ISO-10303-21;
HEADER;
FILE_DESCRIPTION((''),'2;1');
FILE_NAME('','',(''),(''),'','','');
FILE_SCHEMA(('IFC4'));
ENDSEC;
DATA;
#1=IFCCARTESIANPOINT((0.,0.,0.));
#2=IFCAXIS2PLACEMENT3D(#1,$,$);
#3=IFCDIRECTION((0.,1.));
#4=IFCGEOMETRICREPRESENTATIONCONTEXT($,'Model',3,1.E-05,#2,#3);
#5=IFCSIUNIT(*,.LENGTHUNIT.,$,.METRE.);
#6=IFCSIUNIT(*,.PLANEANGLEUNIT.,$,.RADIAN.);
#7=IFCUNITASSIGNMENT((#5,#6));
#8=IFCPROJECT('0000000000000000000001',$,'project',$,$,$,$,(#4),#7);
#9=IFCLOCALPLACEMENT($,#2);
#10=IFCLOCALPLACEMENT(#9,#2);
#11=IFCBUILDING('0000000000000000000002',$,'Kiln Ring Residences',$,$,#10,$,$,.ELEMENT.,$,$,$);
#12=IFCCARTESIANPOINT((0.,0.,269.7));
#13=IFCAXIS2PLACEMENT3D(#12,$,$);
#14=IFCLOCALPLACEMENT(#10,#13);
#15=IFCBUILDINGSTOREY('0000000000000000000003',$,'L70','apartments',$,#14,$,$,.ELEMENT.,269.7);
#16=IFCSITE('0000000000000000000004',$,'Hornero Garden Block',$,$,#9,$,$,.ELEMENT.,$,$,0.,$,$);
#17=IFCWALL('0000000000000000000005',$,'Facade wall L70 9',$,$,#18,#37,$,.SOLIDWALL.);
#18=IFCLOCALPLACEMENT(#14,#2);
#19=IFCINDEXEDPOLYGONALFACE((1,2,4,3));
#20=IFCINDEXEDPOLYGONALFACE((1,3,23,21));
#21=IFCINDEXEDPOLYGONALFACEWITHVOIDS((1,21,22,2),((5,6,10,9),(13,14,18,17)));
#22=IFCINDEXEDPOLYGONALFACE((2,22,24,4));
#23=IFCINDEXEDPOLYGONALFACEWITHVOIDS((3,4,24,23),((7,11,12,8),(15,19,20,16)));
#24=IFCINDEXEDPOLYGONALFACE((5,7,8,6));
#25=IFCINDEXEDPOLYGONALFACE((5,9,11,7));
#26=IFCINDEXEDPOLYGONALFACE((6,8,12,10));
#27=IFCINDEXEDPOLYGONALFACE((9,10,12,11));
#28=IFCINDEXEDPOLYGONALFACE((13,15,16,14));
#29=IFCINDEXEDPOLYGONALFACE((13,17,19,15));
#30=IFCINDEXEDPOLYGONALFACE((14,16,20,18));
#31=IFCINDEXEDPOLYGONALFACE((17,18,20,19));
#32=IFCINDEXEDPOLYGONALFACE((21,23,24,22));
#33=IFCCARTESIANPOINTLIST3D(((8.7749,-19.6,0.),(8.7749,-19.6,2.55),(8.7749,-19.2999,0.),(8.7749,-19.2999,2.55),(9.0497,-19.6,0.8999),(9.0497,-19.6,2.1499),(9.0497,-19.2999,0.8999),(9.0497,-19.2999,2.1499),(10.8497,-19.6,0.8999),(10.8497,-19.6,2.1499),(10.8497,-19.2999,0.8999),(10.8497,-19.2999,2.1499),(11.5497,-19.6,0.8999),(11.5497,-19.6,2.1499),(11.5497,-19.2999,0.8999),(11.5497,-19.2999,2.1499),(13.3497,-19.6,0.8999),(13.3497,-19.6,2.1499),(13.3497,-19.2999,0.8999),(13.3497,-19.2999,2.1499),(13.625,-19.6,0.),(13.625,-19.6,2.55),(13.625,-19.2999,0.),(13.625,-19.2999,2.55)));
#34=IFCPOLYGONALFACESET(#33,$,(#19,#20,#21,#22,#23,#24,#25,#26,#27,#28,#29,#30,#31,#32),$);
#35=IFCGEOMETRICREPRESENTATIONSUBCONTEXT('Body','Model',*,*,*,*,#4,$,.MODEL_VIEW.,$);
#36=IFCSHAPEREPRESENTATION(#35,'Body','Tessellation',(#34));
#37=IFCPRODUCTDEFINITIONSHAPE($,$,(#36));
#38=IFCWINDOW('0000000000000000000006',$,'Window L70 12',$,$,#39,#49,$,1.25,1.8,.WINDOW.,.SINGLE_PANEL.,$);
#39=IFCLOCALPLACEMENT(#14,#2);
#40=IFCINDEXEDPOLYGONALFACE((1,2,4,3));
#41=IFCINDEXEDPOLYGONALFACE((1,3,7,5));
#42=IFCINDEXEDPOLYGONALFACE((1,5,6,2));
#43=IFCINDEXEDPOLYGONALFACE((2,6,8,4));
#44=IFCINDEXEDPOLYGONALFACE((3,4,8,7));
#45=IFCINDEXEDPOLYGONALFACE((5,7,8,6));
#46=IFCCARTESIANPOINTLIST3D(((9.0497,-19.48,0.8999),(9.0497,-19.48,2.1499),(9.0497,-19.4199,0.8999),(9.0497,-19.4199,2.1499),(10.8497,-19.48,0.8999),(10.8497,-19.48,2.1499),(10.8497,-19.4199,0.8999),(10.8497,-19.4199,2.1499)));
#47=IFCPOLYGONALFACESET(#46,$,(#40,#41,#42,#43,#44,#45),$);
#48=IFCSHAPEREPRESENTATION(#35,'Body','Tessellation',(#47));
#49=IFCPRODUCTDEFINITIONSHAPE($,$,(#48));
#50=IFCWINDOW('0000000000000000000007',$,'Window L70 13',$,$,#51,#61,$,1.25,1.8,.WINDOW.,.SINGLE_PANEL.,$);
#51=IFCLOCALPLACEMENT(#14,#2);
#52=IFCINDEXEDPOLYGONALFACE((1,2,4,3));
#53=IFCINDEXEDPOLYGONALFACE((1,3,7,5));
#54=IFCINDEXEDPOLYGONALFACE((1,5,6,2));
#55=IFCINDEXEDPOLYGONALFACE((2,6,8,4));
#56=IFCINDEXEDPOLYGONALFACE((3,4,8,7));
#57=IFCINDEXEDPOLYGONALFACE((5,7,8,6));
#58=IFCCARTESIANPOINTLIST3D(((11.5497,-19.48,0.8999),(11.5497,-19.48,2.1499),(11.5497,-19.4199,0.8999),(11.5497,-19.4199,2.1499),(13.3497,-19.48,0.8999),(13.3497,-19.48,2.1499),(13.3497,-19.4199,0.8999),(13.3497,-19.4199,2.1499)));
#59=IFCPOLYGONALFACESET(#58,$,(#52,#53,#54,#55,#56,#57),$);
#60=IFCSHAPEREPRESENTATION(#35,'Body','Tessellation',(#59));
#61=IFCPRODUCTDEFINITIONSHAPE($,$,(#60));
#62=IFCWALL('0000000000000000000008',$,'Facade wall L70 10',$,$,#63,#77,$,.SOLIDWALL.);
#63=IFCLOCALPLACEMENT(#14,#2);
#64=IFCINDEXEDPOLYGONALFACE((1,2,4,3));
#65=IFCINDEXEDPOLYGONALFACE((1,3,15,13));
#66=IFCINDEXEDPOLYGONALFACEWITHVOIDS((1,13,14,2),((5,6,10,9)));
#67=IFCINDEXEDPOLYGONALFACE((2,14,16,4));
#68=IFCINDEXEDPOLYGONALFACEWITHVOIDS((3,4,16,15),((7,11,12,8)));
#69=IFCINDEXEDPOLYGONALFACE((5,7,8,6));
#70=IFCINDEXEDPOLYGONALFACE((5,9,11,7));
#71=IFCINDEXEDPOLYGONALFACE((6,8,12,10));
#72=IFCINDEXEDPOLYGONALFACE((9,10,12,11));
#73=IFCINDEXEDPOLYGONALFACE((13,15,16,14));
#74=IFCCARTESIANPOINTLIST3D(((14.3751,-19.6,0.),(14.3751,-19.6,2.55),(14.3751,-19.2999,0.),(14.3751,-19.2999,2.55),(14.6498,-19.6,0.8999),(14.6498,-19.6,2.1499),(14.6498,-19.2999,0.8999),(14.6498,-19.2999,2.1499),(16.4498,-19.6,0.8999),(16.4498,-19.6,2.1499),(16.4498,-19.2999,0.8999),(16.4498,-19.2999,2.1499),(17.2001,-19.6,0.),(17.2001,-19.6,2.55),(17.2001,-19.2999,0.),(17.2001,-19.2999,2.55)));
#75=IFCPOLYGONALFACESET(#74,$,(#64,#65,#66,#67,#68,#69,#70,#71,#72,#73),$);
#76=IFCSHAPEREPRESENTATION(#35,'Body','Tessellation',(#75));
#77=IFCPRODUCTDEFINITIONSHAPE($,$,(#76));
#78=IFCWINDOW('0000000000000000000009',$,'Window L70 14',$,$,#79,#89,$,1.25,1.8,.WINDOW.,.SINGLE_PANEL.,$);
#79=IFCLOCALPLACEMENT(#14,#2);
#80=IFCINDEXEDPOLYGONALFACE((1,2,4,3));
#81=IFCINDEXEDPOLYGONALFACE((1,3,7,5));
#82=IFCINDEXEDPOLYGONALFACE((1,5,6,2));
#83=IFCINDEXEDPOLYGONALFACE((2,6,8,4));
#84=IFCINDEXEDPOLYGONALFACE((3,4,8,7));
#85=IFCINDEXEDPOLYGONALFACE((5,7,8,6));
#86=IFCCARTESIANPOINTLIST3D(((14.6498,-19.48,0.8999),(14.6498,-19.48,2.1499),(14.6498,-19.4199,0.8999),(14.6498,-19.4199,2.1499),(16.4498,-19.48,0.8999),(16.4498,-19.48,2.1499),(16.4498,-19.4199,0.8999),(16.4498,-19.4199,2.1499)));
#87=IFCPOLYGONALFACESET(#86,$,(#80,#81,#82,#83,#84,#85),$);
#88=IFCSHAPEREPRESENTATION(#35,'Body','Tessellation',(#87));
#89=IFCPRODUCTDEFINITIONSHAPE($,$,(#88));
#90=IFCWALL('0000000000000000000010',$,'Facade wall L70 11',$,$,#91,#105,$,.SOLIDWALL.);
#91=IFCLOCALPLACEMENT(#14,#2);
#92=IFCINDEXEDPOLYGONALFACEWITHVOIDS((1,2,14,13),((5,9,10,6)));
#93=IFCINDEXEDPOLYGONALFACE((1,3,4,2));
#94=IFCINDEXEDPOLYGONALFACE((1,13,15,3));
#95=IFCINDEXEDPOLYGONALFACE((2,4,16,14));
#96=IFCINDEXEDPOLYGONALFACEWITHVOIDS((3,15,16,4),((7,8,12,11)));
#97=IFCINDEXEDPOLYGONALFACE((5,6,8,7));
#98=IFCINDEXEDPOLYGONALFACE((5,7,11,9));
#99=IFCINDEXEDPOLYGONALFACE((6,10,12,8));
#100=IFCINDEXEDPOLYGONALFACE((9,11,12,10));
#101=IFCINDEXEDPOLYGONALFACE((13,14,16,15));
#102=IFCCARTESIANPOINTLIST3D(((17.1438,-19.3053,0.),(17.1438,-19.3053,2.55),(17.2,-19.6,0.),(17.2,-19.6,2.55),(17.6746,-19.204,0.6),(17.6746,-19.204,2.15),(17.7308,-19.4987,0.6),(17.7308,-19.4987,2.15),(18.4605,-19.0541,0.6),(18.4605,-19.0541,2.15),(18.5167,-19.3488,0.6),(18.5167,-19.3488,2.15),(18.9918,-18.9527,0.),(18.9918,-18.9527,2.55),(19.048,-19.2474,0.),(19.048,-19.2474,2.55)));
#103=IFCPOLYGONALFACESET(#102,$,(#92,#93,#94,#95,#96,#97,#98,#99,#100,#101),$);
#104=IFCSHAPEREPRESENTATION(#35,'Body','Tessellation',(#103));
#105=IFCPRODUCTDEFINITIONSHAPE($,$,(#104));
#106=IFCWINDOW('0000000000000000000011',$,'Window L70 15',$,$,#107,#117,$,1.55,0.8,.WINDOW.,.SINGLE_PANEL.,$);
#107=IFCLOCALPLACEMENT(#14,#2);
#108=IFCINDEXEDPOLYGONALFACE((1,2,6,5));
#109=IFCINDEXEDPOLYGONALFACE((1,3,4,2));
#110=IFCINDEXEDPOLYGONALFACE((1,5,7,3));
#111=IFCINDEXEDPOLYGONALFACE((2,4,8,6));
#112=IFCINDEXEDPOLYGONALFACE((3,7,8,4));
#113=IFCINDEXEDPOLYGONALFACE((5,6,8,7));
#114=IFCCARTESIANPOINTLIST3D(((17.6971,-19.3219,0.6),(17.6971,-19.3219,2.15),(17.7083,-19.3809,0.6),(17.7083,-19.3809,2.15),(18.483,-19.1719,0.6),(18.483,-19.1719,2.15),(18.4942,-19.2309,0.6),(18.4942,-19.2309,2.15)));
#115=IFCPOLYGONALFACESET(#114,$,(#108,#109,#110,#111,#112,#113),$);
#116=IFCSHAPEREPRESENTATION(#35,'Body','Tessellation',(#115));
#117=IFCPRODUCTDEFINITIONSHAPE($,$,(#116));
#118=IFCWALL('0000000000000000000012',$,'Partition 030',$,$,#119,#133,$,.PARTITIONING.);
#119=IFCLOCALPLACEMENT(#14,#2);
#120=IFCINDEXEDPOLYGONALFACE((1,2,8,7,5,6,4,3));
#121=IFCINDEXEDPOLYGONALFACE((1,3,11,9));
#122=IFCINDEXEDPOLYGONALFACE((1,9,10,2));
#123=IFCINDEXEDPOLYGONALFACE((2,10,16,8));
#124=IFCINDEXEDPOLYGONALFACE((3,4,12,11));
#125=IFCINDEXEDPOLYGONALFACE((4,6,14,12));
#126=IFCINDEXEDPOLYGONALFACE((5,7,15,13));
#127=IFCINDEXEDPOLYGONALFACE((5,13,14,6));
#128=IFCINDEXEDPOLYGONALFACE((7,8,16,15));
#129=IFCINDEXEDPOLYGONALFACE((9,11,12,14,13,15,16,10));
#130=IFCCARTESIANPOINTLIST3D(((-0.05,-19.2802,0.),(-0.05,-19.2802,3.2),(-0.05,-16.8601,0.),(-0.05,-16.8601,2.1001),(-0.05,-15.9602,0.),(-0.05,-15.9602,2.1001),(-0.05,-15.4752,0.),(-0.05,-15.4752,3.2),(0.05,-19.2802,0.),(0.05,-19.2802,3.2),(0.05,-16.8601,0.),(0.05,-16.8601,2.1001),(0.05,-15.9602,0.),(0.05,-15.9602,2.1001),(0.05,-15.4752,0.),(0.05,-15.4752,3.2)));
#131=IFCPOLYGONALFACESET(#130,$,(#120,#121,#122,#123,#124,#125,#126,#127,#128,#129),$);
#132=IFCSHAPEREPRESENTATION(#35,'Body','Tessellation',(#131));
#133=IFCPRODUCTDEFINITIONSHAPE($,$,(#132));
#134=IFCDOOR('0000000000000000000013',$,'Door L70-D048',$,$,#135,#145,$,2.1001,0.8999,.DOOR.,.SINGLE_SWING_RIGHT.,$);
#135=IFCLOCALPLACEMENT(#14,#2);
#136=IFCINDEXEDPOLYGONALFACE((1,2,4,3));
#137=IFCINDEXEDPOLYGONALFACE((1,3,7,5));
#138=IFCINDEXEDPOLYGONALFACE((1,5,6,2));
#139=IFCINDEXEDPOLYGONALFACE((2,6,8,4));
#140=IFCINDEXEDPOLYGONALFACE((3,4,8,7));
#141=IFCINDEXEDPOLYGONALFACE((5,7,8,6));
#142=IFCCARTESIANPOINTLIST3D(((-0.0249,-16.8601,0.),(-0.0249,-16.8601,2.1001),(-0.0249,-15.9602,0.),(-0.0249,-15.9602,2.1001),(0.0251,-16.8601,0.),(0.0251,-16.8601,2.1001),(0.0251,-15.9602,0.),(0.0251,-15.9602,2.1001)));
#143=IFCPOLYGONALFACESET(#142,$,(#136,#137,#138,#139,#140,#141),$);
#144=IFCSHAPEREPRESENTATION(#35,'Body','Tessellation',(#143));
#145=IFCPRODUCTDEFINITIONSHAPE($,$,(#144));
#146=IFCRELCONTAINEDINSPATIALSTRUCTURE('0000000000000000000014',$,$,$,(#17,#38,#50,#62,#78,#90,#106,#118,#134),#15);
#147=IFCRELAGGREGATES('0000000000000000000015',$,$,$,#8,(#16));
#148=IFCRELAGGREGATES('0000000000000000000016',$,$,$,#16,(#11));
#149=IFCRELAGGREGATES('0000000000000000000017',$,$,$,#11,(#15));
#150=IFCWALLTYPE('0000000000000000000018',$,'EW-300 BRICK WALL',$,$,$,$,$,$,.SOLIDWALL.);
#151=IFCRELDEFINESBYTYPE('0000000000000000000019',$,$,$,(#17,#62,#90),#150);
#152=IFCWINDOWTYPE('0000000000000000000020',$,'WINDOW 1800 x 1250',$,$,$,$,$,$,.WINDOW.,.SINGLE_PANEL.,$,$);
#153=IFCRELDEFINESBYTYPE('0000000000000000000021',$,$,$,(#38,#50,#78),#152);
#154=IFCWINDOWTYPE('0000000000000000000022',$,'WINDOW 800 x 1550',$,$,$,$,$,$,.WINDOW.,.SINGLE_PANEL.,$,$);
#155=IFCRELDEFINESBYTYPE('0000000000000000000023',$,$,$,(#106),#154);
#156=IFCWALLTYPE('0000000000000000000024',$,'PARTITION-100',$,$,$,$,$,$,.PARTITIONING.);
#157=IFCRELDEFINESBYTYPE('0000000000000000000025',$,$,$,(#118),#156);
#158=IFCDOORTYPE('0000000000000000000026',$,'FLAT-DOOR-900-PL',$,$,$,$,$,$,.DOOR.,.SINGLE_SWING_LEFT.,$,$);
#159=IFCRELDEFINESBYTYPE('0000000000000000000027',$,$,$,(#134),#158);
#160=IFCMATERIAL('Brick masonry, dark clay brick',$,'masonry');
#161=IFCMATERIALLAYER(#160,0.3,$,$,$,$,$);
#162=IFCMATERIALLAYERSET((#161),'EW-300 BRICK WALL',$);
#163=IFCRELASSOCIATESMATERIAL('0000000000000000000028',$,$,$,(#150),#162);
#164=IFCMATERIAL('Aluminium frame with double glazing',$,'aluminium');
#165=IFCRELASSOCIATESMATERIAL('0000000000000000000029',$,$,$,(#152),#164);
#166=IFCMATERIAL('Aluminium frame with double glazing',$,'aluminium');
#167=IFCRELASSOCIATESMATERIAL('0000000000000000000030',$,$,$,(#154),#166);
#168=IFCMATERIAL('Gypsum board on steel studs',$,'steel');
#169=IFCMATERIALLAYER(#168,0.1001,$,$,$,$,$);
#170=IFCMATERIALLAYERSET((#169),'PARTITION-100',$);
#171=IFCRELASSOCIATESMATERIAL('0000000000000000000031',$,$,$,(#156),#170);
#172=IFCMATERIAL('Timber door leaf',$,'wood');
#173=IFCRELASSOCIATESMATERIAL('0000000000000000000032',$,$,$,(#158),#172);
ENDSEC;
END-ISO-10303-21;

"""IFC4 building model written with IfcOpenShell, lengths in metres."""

from ifc_helpers import new_model, si_unit, direction, frame, frame_2d, origin, place, context, subcontext, project, spatial, rectangle, extrude, material, layer, layer_set, type_object, element, fill, save


model = new_model("IFC4")

# Units and contexts
model_context = context("Model", 3, precision=1e-05, world=origin(), true_north=direction((0.0, 1.0)))
body_context = subcontext(model_context, "Body", "Model", "MODEL_VIEW")
ifc_project = project(units=[si_unit("LENGTHUNIT", "METRE"), si_unit("PLANEANGLEUNIT", "RADIAN")], contexts=[model_context])

# Site, building, storey
site_placement = place(None, origin())
site = spatial("IfcSite", under=ifc_project, at=site_placement, Name="Hornero Garden Block", CompositionType="ELEMENT", RefElevation=0.0)
building_placement = place(site_placement, origin())
building = spatial("IfcBuilding", under=site, at=building_placement, Name="Kiln Ring Residences", CompositionType="ELEMENT")
storey_placement = place(building_placement, frame((0.0, 0.0, 269.7)))
storey = spatial("IfcBuildingStorey", under=building, at=storey_placement, Name="L70", Description="apartments", CompositionType="ELEMENT", Elevation=269.7)

# Wall, openings, windows
ifc_material_1 = material(Name="Brick masonry, dark clay brick", Category="masonry")
ifc_layer_1 = layer(ifc_material_1, 0.3)
ifc_layer_set_1 = layer_set([ifc_layer_1], Name="EW-300 BRICK WALL")
wall_type_1 = type_object("IfcWallType", Name="EW-300 BRICK WALL", PredefinedType="SOLIDWALL", material=ifc_layer_set_1)
ifc_material_2 = material(Name="Aluminium frame with double glazing", Category="aluminium")
window_type_1 = type_object("IfcWindowType", Name="WINDOW 1800 x 1250", PartitioningType="SINGLE_PANEL", PredefinedType="WINDOW", material=ifc_material_2)
wall_1_placement = place(storey_placement, frame((8.7749, -19.45, 0.0), z_axis=(0.0, 0.0, 1.0), x_axis=(1.0, 0.0, 0.0)))
wall_1 = element("IfcWall", 1, at=wall_1_placement, inside=storey, type_object=wall_type_1, Name="Facade wall L70 9", PredefinedType="SOLIDWALL", context=body_context, shape_type="SweptSolid", body=[
    extrude(rectangle(XDim=4.8501, YDim=0.3, at=frame_2d((2.425, 0.0))), origin(), (0.0, 0.0, 1.0), 2.55),
])
opening_1_placement = place(wall_1_placement, frame((0.2749, 0.0, 0.8999)))
opening_1 = element("IfcOpeningElement", 2, at=opening_1_placement, cuts=wall_1, PredefinedType="OPENING", context=body_context, shape_type="SweptSolid", body=[
    extrude(rectangle(XDim=1.8, YDim=1.25, at=frame_2d((0.8999, 0.625))), frame((0.0, 0.1599, 0.0), z_axis=(0.0, -1.0, 0.0), x_axis=(1.0, 0.0, 0.0)), (0.0, 0.0, 1.0), 0.3201),
])
opening_2_placement = place(wall_1_placement, frame((2.7749, 0.0, 0.8999)))
opening_2 = element("IfcOpeningElement", 3, at=opening_2_placement, cuts=wall_1, PredefinedType="OPENING", context=body_context, shape_type="SweptSolid", body=[
    extrude(rectangle(XDim=1.8, YDim=1.25, at=frame_2d((0.8999, 0.625))), frame((0.0, 0.1599, 0.0), z_axis=(0.0, -1.0, 0.0), x_axis=(1.0, 0.0, 0.0)), (0.0, 0.0, 1.0), 0.3201),
])
window_1_placement = place(opening_1_placement, origin())
window_1 = element("IfcWindow", 4, at=window_1_placement, inside=storey, type_object=window_type_1, Name="Window L70 12", OverallHeight=1.25, OverallWidth=1.8, PartitioningType="SINGLE_PANEL", PredefinedType="WINDOW", context=body_context, shape_type="SweptSolid", body=[
    extrude(rectangle(XDim=1.8, YDim=1.25, at=frame_2d((0.8999, 0.625))), frame((0.0, 0.03, 0.0), z_axis=(0.0, -1.0, 0.0), x_axis=(1.0, 0.0, 0.0)), (0.0, 0.0, 1.0), 0.0601),
])
fill(opening_1, window_1)
window_2_placement = place(opening_2_placement, origin())
window_2 = element("IfcWindow", 5, at=window_2_placement, inside=storey, type_object=window_type_1, Name="Window L70 13", OverallHeight=1.25, OverallWidth=1.8, PartitioningType="SINGLE_PANEL", PredefinedType="WINDOW", context=body_context, shape_type="SweptSolid", body=[
    extrude(rectangle(XDim=1.8, YDim=1.25, at=frame_2d((0.8999, 0.625))), frame((0.0, 0.03, 0.0), z_axis=(0.0, -1.0, 0.0), x_axis=(1.0, 0.0, 0.0)), (0.0, 0.0, 1.0), 0.0601),
])
fill(opening_2, window_2)

# Walls, openings, windows
wall_2_placement = place(storey_placement, frame((14.375, -19.45, 0.0), z_axis=(0.0, 0.0, 1.0), x_axis=(1.0, 0.0, 0.0)))
wall_2 = element("IfcWall", 6, at=wall_2_placement, inside=storey, type_object=wall_type_1, Name="Facade wall L70 10", PredefinedType="SOLIDWALL", context=body_context, shape_type="SweptSolid", body=[
    extrude(rectangle(XDim=2.825, YDim=0.3, at=frame_2d((1.4126, 0.0))), origin(), (0.0, 0.0, 1.0), 2.55),
])
opening_3_placement = place(wall_2_placement, frame((0.2749, 0.0, 0.8999)))
opening_3 = element("IfcOpeningElement", 7, at=opening_3_placement, cuts=wall_2, PredefinedType="OPENING", context=body_context, shape_type="SweptSolid", body=[
    extrude(rectangle(XDim=1.8, YDim=1.25, at=frame_2d((0.8999, 0.625))), frame((0.0, 0.1599, 0.0), z_axis=(0.0, -1.0, 0.0), x_axis=(1.0, 0.0, 0.0)), (0.0, 0.0, 1.0), 0.3201),
])
window_3_placement = place(opening_3_placement, origin())
window_3 = element("IfcWindow", 8, at=window_3_placement, inside=storey, type_object=window_type_1, Name="Window L70 14", OverallHeight=1.25, OverallWidth=1.8, PartitioningType="SINGLE_PANEL", PredefinedType="WINDOW", context=body_context, shape_type="SweptSolid", body=[
    extrude(rectangle(XDim=1.8, YDim=1.25, at=frame_2d((0.8999, 0.625))), frame((0.0, 0.03, 0.0), z_axis=(0.0, -1.0, 0.0), x_axis=(1.0, 0.0, 0.0)), (0.0, 0.0, 1.0), 0.0601),
])
fill(opening_3, window_3)
wall_3_placement = place(storey_placement, frame((17.1719, -19.4526, 0.0), z_axis=(0.0, 0.0, 1.0), x_axis=(0.982284, 0.187398, 0.0)))
wall_3 = element("IfcWall", 9, at=wall_3_placement, inside=storey, type_object=wall_type_1, Name="Facade wall L70 11", PredefinedType="SOLIDWALL", context=body_context, shape_type="SweptSolid", body=[
    extrude(rectangle(XDim=1.8813, YDim=0.3, at=frame_2d((0.9407, 0.0))), origin(), (0.0, 0.0, 1.0), 2.55),
])
opening_4_placement = place(wall_3_placement, frame((0.5405, 0.0, 0.6001)))
opening_4 = element("IfcOpeningElement", 10, at=opening_4_placement, cuts=wall_3, PredefinedType="OPENING", context=body_context, shape_type="SweptSolid", body=[
    extrude(rectangle(XDim=0.8, YDim=1.55, at=frame_2d((0.3999, 0.7749))), frame((0.0, 0.1599, 0.0), z_axis=(0.0, -1.0, 0.0), x_axis=(1.0, 0.0, 0.0)), (0.0, 0.0, 1.0), 0.3201),
])
ifc_material_3 = material(Name="Aluminium frame with double glazing", Category="aluminium")
window_type_2 = type_object("IfcWindowType", Name="WINDOW 800 x 1550", PartitioningType="SINGLE_PANEL", PredefinedType="WINDOW", material=ifc_material_3)
window_4_placement = place(opening_4_placement, origin())
window_4 = element("IfcWindow", 11, at=window_4_placement, inside=storey, type_object=window_type_2, Name="Window L70 15", OverallHeight=1.55, OverallWidth=0.8, PartitioningType="SINGLE_PANEL", PredefinedType="WINDOW", context=body_context, shape_type="SweptSolid", body=[
    extrude(rectangle(XDim=0.8, YDim=1.55, at=frame_2d((0.3999, 0.7749))), frame((0.0, 0.03, 0.0), z_axis=(0.0, -1.0, 0.0), x_axis=(1.0, 0.0, 0.0)), (0.0, 0.0, 1.0), 0.0601),
])
fill(opening_4, window_4)

# Wall, opening, door
ifc_material_4 = material(Name="Gypsum board on steel studs", Category="steel")
ifc_layer_2 = layer(ifc_material_4, 0.1001)
ifc_layer_set_2 = layer_set([ifc_layer_2], Name="PARTITION-100")
wall_type_2 = type_object("IfcWallType", Name="PARTITION-100", PredefinedType="PARTITIONING", material=ifc_layer_set_2)
wall_4_placement = place(storey_placement, frame((0.0, -19.28, 0.0), z_axis=(0.0, 0.0, 1.0), x_axis=(0.0, 1.0, 0.0)))
wall_4 = element("IfcWall", 12, at=wall_4_placement, inside=storey, type_object=wall_type_2, Name="Partition 030", PredefinedType="PARTITIONING", context=body_context, shape_type="SweptSolid", body=[
    extrude(rectangle(XDim=3.8049, YDim=0.1001, at=frame_2d((1.9023, 0.0))), origin(), (0.0, 0.0, 1.0), 3.2),
])
opening_5_placement = place(wall_4_placement, frame((2.4199, 0.0, 0.0)))
opening_5 = element("IfcOpeningElement", 13, at=opening_5_placement, cuts=wall_4, PredefinedType="OPENING", context=body_context, shape_type="SweptSolid", body=[
    extrude(rectangle(XDim=0.8999, YDim=2.1001, at=frame_2d((0.45, 1.05))), frame((0.0, 0.0601, 0.0), z_axis=(0.0, -1.0, 0.0), x_axis=(1.0, 0.0, 0.0)), (0.0, 0.0, 1.0), 0.1201),
])
ifc_material_5 = material(Name="Timber door leaf", Category="wood")
door_type_1 = type_object("IfcDoorType", Name="FLAT-DOOR-900-PL", OperationType="SINGLE_SWING_LEFT", PredefinedType="DOOR", material=ifc_material_5)
door_1_placement = place(opening_5_placement, origin())
door_1 = element("IfcDoor", 14, at=door_1_placement, inside=storey, type_object=door_type_1, Name="Door L70-D048", OperationType="SINGLE_SWING_RIGHT", OverallHeight=2.1001, OverallWidth=0.8999, PredefinedType="DOOR", context=body_context, shape_type="SweptSolid", body=[
    extrude(rectangle(XDim=0.8999, YDim=2.1001, at=frame_2d((0.45, 1.05))), frame((0.0, 0.0249, 0.0), z_axis=(0.0, -1.0, 0.0), x_axis=(1.0, 0.0, 0.0)), (0.0, 0.0, 1.0), 0.05),
])
fill(opening_5, door_1)

save(model, "model.ifc")
